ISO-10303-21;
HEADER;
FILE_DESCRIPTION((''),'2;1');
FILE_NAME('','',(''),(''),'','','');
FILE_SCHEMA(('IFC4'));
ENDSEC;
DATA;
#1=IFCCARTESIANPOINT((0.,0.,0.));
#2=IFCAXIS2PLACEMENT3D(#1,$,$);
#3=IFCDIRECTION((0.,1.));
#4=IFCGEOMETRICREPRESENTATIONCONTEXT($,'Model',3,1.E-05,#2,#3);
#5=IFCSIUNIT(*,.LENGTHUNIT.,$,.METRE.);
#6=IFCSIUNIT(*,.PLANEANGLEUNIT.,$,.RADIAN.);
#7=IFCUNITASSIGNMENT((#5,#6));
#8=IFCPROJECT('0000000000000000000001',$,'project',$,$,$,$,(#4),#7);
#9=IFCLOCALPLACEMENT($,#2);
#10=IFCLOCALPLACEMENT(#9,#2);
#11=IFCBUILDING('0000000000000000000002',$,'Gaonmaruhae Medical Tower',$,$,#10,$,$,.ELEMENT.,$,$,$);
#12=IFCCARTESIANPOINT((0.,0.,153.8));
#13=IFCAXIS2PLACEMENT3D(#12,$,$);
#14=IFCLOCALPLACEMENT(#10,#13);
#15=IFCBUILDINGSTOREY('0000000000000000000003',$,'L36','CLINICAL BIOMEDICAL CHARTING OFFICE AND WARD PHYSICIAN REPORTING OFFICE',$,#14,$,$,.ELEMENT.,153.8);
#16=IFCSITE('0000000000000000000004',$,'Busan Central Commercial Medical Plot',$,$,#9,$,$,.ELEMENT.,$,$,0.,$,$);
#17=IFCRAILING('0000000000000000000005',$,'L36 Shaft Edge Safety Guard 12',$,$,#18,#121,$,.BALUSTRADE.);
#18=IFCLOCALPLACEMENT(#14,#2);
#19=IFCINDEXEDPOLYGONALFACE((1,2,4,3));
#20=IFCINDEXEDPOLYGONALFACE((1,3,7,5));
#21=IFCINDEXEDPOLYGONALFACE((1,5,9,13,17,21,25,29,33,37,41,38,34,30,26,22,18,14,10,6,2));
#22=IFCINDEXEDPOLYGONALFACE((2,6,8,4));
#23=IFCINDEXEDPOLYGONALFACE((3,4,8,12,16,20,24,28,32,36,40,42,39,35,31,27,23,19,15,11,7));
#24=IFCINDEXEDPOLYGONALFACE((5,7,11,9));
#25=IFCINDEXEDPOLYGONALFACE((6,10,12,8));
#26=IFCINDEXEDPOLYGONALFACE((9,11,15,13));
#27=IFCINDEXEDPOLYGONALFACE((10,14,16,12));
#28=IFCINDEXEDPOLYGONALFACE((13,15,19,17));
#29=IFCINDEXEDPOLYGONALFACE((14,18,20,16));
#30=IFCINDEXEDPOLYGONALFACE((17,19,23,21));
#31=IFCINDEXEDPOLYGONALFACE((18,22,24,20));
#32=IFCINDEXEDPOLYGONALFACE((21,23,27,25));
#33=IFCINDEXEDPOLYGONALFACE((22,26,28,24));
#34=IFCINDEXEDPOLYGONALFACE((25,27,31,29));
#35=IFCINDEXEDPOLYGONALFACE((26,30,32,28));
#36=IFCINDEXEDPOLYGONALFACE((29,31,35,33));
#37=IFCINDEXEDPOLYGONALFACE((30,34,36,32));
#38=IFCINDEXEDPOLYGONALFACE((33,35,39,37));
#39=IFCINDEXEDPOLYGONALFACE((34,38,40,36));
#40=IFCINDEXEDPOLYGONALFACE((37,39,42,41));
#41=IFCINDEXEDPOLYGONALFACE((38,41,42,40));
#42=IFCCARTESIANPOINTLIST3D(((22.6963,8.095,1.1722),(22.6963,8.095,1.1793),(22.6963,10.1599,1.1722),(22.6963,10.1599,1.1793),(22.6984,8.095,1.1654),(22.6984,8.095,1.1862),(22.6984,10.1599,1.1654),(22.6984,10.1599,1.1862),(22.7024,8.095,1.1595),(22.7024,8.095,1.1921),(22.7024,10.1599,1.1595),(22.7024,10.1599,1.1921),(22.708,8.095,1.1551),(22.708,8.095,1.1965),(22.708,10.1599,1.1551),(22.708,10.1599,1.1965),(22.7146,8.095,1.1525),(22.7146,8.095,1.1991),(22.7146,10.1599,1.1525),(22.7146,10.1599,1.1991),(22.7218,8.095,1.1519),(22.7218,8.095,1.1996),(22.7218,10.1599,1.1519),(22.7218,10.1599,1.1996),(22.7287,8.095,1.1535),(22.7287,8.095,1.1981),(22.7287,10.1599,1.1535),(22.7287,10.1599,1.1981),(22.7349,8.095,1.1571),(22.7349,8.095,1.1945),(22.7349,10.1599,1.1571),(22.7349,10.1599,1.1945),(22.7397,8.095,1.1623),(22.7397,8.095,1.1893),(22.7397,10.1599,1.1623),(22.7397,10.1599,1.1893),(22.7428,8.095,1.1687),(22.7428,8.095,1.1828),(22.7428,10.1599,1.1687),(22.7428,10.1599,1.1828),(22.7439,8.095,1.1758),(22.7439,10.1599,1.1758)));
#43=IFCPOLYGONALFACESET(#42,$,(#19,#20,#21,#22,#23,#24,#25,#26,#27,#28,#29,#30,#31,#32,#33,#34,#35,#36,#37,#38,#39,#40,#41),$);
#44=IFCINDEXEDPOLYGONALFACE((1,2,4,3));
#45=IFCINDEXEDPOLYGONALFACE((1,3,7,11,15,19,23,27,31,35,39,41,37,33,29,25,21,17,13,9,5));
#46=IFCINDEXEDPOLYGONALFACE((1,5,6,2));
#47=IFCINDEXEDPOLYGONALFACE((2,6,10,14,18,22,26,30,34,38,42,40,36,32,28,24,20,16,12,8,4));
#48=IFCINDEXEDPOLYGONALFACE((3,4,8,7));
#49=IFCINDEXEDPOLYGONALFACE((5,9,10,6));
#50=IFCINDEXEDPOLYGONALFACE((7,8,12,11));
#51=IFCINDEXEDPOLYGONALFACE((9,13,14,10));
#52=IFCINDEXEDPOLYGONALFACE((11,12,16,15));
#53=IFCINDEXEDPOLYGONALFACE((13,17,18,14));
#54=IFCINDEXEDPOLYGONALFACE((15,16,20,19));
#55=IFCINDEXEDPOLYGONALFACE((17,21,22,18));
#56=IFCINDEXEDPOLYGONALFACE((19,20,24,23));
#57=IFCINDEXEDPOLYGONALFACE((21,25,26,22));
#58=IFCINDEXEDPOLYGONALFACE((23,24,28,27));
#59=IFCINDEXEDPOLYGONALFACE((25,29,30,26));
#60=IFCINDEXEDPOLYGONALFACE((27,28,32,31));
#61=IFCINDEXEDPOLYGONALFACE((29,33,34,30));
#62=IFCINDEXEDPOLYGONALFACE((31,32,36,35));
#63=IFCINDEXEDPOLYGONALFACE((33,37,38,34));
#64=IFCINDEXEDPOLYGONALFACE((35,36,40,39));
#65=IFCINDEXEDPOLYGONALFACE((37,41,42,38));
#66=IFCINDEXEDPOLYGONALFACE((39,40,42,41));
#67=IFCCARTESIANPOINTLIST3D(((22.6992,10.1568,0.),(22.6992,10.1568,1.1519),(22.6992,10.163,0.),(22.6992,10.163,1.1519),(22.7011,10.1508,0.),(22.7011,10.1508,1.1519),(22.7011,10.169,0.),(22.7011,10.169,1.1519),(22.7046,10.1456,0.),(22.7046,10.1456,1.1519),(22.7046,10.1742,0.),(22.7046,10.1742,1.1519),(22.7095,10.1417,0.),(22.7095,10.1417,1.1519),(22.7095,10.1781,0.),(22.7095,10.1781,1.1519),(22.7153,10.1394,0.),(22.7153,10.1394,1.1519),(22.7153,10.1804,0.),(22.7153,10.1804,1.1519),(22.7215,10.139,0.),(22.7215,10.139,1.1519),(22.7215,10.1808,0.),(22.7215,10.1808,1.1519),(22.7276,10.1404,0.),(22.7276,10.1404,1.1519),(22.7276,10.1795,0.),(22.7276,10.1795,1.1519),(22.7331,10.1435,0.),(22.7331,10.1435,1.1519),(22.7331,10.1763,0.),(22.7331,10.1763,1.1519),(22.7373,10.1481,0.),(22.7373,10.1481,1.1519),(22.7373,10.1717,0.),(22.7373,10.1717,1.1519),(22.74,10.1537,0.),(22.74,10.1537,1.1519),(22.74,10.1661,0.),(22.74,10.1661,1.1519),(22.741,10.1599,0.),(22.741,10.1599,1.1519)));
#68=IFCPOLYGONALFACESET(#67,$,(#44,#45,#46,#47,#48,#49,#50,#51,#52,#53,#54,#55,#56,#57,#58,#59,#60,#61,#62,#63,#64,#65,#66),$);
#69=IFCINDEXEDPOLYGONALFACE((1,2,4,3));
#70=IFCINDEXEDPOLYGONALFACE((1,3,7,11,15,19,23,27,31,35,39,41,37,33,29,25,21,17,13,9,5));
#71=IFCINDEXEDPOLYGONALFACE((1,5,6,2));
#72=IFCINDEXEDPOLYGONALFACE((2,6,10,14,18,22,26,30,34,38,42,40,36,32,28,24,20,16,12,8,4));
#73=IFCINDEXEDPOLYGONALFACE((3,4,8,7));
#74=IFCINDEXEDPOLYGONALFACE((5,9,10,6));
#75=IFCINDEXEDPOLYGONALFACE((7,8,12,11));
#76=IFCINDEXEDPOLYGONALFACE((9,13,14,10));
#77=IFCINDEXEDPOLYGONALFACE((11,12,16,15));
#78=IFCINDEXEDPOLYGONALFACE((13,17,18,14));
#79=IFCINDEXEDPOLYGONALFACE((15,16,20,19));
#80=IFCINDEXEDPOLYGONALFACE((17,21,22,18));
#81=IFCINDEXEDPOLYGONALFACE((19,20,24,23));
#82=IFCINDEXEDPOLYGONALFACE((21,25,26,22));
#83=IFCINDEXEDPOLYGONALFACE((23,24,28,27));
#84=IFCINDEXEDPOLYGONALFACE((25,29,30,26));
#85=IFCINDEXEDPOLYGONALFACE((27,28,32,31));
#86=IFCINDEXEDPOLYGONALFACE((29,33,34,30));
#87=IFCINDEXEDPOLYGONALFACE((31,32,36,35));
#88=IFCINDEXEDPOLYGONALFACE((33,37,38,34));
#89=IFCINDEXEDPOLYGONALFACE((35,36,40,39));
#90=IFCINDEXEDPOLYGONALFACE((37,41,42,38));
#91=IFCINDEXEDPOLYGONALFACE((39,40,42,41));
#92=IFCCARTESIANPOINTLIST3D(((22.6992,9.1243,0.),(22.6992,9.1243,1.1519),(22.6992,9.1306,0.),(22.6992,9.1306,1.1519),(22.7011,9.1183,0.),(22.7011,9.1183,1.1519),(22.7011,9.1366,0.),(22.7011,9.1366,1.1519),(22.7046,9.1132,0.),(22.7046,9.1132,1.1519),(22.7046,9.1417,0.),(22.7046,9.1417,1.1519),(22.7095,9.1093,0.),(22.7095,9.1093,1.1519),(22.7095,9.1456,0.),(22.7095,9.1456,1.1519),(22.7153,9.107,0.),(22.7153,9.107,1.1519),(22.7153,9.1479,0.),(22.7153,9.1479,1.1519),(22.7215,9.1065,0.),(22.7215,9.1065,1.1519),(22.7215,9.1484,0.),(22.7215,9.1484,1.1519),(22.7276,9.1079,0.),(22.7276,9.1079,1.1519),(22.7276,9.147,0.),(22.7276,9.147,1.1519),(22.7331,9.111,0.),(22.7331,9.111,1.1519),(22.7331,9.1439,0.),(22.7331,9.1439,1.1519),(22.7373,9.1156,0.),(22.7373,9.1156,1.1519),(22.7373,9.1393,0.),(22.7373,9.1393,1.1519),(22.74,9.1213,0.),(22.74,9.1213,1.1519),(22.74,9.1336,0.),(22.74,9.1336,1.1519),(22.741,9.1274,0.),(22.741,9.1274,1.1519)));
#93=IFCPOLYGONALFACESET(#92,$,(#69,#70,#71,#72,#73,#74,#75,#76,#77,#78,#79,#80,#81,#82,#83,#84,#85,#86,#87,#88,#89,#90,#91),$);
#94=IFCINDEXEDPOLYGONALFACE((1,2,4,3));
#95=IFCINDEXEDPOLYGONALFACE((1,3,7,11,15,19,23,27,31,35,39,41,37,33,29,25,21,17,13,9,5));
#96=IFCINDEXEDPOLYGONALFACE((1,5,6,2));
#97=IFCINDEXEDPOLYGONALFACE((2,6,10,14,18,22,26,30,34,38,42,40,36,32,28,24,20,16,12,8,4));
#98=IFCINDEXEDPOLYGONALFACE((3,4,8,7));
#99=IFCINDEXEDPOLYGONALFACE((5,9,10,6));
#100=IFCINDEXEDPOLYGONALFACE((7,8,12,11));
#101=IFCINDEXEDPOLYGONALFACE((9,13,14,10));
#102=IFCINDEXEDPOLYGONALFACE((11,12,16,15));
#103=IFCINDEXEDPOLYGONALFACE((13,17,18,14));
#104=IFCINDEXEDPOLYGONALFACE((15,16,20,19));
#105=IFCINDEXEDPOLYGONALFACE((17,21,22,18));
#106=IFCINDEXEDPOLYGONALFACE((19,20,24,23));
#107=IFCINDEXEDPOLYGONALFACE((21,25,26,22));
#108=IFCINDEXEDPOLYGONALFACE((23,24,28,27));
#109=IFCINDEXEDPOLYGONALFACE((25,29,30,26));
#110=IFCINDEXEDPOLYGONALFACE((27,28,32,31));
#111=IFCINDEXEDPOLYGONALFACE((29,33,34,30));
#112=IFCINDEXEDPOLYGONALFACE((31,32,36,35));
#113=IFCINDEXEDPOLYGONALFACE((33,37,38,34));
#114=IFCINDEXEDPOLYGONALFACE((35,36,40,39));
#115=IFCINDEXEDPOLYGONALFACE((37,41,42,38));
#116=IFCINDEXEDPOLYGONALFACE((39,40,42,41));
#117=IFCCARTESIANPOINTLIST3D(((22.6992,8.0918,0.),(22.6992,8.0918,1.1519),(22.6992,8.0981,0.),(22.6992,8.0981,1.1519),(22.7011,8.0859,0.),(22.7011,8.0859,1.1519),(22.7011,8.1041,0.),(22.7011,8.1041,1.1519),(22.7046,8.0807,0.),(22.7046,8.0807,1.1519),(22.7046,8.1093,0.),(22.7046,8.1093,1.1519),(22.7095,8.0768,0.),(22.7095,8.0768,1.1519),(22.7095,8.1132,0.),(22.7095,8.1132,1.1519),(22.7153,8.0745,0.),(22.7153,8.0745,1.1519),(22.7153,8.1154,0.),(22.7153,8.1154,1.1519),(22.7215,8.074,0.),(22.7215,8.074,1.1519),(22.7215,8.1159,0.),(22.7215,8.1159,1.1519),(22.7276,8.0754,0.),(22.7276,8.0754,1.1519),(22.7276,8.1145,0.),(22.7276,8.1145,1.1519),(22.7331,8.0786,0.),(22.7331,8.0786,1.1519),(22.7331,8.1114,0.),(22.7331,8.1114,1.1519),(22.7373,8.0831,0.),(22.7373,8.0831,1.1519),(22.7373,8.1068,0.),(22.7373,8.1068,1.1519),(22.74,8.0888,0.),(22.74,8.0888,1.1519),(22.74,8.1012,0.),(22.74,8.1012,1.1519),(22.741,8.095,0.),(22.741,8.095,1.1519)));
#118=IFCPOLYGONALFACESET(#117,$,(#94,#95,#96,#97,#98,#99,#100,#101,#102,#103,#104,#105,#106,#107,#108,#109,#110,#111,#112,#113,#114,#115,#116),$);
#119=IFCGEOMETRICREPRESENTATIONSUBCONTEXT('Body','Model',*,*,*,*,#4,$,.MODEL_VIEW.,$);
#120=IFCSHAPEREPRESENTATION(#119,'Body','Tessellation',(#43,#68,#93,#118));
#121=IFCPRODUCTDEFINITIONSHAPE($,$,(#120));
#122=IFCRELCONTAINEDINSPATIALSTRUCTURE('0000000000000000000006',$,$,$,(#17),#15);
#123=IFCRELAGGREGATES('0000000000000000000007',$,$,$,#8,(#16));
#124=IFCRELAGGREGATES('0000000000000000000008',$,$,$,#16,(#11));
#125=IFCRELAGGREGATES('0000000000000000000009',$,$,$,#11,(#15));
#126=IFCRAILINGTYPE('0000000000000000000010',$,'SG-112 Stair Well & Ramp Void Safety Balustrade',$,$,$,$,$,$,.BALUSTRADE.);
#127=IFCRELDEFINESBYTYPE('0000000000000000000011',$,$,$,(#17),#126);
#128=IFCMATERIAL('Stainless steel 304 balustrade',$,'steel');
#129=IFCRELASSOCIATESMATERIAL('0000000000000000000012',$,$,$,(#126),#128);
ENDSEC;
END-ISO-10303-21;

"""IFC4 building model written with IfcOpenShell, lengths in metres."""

from ifc_helpers import new_model, si_unit, direction, frame, origin, origin_2d, place, context, subcontext, project, spatial, circle, extrude, material, type_object, element, save


model = new_model("IFC4")

# Units and contexts
model_context = context("Model", 3, precision=1e-05, world=origin(), true_north=direction((0.0, 1.0)))
body_context = subcontext(model_context, "Body", "Model", "MODEL_VIEW")
ifc_project = project(units=[si_unit("LENGTHUNIT", "METRE"), si_unit("PLANEANGLEUNIT", "RADIAN")], contexts=[model_context])

# Site, building, storey
site_placement = place(None, origin())
site = spatial("IfcSite", under=ifc_project, at=site_placement, Name="Busan Central Commercial Medical Plot", CompositionType="ELEMENT", RefElevation=0.0)
building_placement = place(site_placement, origin())
building = spatial("IfcBuilding", under=site, at=building_placement, Name="Gaonmaruhae Medical Tower", CompositionType="ELEMENT")
storey_placement = place(building_placement, frame((0.0, 0.0, 153.8)))
storey = spatial("IfcBuildingStorey", under=building, at=storey_placement, Name="L36", Description="CLINICAL BIOMEDICAL CHARTING OFFICE AND WARD PHYSICIAN REPORTING OFFICE", CompositionType="ELEMENT", Elevation=153.8)

# Railing
ifc_material_1 = material(Name="Stainless steel 304 balustrade", Category="steel")
railing_type_1 = type_object("IfcRailingType", Name="SG-112 Stair Well & Ramp Void Safety Balustrade", PredefinedType="BALUSTRADE", material=ifc_material_1)
railing_1_placement = place(storey_placement, frame((22.72, 10.1599, 0.0)))
element("IfcRailing", 1, at=railing_1_placement, inside=storey, type_object=railing_type_1, Name="L36 Shaft Edge Safety Guard 12", PredefinedType="BALUSTRADE", context=body_context, shape_type="SweptSolid", body=[
    extrude(circle(Radius=0.0239, at=origin_2d()), frame((0.0, 0.0, 1.1758), z_axis=(0.0, -1.0, 0.0), x_axis=(1.0, 0.0, 0.0)), (0.0, 0.0, 1.0), 2.0649),
    extrude(circle(Radius=0.021, at=origin_2d()), origin(), (0.0, 0.0, 1.0), 1.1519),
    extrude(circle(Radius=0.021, at=origin_2d()), frame((0.0, -1.0325, 0.0)), (0.0, 0.0, 1.0), 1.1519),
    extrude(circle(Radius=0.021, at=origin_2d()), frame((0.0, -2.0649, 0.0)), (0.0, 0.0, 1.0), 1.1519),
])

save(model, "model.ifc")
